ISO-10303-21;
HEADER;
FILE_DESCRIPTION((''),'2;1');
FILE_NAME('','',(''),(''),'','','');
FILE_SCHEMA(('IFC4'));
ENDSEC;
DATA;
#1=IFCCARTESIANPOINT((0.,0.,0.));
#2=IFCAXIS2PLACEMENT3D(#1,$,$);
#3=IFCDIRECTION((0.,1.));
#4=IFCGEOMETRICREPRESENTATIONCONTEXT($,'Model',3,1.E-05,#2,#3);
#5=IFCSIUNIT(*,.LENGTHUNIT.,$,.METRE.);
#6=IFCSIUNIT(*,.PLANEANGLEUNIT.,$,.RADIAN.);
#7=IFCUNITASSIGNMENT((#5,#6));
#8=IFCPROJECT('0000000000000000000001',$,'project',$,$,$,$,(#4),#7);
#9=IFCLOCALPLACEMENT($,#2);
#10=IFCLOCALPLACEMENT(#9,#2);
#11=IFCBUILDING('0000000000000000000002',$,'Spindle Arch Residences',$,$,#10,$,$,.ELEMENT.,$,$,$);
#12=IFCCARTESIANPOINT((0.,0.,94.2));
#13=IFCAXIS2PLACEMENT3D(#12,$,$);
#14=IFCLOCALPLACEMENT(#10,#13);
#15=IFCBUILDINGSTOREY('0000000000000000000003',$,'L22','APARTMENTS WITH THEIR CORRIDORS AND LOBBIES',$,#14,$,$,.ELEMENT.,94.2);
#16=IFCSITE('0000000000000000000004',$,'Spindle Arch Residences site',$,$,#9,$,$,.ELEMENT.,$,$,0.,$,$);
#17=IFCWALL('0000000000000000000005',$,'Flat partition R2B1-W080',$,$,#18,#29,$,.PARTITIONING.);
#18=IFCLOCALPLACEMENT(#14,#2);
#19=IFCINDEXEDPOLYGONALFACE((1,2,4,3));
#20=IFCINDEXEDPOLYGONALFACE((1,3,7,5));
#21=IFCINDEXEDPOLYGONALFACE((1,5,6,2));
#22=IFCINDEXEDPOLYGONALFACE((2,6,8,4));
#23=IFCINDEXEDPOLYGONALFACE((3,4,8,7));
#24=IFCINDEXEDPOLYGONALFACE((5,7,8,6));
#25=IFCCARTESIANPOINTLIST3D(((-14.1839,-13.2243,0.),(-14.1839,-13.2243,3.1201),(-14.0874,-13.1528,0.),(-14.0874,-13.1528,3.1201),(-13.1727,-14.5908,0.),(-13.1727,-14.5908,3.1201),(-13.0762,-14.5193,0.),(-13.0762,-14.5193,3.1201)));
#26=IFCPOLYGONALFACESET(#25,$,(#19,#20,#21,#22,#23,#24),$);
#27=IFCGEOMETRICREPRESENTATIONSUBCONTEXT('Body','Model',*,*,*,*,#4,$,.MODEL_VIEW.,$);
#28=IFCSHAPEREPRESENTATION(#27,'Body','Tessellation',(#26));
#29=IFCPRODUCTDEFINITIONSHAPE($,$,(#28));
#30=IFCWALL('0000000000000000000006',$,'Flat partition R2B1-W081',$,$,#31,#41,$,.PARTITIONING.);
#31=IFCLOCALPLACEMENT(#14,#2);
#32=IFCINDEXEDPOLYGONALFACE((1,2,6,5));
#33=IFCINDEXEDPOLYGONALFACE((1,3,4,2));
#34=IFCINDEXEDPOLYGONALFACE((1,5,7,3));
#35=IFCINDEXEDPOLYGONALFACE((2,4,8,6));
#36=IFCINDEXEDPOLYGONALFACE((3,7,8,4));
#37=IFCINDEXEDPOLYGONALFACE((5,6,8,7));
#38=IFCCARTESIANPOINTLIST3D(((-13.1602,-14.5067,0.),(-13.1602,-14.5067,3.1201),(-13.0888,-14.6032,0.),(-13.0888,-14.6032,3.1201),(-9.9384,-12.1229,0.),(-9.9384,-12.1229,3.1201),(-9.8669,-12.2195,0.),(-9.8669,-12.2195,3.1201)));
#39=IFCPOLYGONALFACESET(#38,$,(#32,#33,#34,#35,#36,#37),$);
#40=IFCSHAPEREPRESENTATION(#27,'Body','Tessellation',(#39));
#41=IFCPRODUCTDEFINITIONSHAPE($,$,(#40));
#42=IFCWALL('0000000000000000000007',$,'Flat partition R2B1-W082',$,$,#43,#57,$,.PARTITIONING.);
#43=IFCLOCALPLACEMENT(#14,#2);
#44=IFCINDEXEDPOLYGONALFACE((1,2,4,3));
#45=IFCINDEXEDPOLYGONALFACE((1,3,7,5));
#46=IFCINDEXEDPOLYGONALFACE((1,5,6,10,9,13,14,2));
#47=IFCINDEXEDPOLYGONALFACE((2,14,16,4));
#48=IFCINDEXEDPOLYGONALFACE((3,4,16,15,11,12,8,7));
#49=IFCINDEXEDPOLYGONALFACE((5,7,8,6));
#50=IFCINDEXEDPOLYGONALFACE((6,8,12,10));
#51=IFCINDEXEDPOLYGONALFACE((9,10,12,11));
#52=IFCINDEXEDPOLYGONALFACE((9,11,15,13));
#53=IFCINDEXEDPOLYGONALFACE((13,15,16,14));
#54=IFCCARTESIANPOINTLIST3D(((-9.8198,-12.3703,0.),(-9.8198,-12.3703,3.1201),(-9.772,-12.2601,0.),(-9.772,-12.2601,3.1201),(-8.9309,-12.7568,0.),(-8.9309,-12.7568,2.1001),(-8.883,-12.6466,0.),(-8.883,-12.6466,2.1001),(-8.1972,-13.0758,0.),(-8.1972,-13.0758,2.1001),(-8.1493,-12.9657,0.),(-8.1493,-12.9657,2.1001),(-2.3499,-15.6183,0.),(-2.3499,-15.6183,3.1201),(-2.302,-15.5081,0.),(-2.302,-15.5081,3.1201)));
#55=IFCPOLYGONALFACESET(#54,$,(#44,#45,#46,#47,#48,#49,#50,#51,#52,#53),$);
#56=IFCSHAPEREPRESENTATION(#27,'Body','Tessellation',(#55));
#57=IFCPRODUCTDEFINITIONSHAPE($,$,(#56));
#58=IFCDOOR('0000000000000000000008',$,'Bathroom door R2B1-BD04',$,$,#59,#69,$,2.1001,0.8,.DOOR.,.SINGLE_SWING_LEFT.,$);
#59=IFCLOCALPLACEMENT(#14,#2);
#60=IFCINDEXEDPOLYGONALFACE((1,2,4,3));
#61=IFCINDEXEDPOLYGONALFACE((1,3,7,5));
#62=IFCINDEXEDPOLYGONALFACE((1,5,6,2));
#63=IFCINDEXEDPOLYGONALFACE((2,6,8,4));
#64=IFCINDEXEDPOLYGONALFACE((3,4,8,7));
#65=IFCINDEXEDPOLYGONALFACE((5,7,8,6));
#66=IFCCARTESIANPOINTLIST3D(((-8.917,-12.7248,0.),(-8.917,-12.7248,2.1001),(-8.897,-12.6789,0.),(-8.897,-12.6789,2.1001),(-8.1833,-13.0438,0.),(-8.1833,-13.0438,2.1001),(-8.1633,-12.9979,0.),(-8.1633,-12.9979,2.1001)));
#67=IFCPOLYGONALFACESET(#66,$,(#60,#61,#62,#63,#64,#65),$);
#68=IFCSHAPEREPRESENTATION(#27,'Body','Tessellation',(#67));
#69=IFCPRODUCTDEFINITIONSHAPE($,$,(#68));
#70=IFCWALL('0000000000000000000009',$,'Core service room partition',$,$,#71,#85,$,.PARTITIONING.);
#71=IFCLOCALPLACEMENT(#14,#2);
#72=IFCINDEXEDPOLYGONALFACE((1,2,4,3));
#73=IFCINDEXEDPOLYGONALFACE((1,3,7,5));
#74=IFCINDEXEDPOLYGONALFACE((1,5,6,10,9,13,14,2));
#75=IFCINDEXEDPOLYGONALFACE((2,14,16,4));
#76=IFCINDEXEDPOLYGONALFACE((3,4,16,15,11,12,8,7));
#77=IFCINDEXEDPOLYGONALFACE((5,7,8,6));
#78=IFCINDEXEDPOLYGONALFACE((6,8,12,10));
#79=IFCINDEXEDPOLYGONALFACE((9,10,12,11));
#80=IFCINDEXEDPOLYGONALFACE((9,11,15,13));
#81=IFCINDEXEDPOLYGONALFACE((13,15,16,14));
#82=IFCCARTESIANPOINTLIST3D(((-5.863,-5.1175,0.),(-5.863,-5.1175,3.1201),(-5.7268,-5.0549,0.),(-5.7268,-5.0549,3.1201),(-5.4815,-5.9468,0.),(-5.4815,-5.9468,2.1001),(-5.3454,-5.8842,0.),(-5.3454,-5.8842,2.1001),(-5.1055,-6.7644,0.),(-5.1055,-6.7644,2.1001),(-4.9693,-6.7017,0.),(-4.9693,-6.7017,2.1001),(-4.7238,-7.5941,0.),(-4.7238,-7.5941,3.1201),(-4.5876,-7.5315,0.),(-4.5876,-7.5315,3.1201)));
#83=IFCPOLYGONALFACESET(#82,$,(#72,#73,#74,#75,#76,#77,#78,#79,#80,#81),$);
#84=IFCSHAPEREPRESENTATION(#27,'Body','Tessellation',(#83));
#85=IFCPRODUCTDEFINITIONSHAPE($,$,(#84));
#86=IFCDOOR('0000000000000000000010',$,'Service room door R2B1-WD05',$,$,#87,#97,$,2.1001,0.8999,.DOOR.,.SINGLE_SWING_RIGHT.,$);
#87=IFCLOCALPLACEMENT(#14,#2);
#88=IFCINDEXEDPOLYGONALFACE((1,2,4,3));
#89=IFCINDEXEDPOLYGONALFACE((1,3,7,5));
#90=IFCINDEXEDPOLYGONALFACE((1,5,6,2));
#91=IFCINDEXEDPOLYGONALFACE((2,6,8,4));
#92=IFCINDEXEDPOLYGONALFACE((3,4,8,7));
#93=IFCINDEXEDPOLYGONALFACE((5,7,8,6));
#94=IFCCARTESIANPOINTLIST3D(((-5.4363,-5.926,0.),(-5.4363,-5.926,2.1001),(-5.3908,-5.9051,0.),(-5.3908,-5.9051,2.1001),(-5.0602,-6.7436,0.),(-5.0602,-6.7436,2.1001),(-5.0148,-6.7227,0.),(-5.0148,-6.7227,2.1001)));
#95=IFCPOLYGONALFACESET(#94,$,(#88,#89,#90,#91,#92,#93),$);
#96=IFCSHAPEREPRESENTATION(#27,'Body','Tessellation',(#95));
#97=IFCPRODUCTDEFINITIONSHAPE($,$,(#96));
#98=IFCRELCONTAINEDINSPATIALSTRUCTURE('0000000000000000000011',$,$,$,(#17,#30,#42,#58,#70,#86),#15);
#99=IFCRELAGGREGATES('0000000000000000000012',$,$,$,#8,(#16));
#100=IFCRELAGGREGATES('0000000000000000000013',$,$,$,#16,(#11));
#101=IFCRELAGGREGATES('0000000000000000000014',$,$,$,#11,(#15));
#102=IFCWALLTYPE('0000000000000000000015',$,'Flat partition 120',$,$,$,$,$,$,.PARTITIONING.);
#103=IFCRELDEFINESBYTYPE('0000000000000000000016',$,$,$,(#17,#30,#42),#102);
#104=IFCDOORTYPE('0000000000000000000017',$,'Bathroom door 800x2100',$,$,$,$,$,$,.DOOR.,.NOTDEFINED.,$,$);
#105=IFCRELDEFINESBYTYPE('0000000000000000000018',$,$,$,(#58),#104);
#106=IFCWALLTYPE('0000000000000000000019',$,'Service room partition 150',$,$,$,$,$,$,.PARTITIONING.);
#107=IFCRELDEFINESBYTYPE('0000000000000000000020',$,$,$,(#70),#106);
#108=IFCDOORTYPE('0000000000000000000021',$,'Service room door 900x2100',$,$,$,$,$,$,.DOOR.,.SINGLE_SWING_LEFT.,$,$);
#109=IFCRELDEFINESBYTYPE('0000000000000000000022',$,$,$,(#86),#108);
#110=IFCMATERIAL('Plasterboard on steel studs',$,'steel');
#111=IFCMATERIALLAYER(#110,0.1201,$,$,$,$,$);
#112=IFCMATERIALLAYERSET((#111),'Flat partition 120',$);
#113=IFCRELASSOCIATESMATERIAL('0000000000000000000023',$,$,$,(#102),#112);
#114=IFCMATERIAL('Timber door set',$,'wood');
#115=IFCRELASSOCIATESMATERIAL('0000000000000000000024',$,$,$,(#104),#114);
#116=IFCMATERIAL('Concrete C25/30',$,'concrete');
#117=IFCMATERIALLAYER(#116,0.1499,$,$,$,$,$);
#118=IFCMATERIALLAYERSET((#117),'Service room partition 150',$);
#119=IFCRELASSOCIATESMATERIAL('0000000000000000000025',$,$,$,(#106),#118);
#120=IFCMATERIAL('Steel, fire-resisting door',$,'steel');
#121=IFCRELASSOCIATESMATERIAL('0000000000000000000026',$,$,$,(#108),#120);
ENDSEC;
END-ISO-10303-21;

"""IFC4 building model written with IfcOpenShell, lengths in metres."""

from ifc_helpers import new_model, si_unit, direction, frame, frame_2d, origin, place, context, subcontext, project, spatial, rectangle, extrude, material, layer, layer_set, type_object, element, fill, save


model = new_model("IFC4")

# Units and contexts
model_context = context("Model", 3, precision=1e-05, world=origin(), true_north=direction((0.0, 1.0)))
body_context = subcontext(model_context, "Body", "Model", "MODEL_VIEW")
ifc_project = project(units=[si_unit("LENGTHUNIT", "METRE"), si_unit("PLANEANGLEUNIT", "RADIAN")], contexts=[model_context])

# Site, building, storey
site_placement = place(None, origin())
site = spatial("IfcSite", under=ifc_project, at=site_placement, Name="Spindle Arch Residences site", CompositionType="ELEMENT", RefElevation=0.0)
building_placement = place(site_placement, origin())
building = spatial("IfcBuilding", under=site, at=building_placement, Name="Spindle Arch Residences", CompositionType="ELEMENT")
storey_placement = place(building_placement, frame((0.0, 0.0, 94.2)))
storey = spatial("IfcBuildingStorey", under=building, at=storey_placement, Name="L22", Description="APARTMENTS WITH THEIR CORRIDORS AND LOBBIES", CompositionType="ELEMENT", Elevation=94.2)

# Shared definitions
ifc_material_1 = material(Name="Plasterboard on steel studs", Category="steel")
ifc_layer_1 = layer(ifc_material_1, 0.1201)
ifc_layer_set_1 = layer_set([ifc_layer_1], Name="Flat partition 120")
wall_type_1 = type_object("IfcWallType", Name="Flat partition 120", PredefinedType="PARTITIONING", material=ifc_layer_set_1)

# Walls
wall_1_placement = place(storey_placement, frame((-14.1357, -13.1885, 0.0), z_axis=(0.0, 0.0, 1.0), x_axis=(0.594863, -0.803827, 0.0)))
element("IfcWall", 1, at=wall_1_placement, inside=storey, type_object=wall_type_1, Name="Flat partition R2B1-W080", PredefinedType="PARTITIONING", context=body_context, shape_type="SweptSolid", body=[
    extrude(rectangle(XDim=1.7, YDim=0.1201, at=frame_2d((0.8501, 0.0))), origin(), (0.0, 0.0, 1.0), 3.1201),
])
wall_2_placement = place(storey_placement, frame((-13.1245, -14.5549, 0.0), z_axis=(0.0, 0.0, 1.0), x_axis=(0.803894, 0.594773, 0.0)))
element("IfcWall", 2, at=wall_2_placement, inside=storey, type_object=wall_type_1, Name="Flat partition R2B1-W081", PredefinedType="PARTITIONING", context=body_context, shape_type="SweptSolid", body=[
    extrude(rectangle(XDim=4.0078, YDim=0.1201, at=frame_2d((2.0039, 0.0))), origin(), (0.0, 0.0, 1.0), 3.1201),
])

# Walls, openings, doors
wall_3_placement = place(storey_placement, frame((-9.7959, -12.3152, 0.0), z_axis=(0.0, 0.0, 1.0), x_axis=(0.91706, -0.39875, 0.0)))
wall_3 = element("IfcWall", 3, at=wall_3_placement, inside=storey, type_object=wall_type_1, Name="Flat partition R2B1-W082", PredefinedType="PARTITIONING", context=body_context, shape_type="SweptSolid", body=[
    extrude(rectangle(XDim=8.1455, YDim=0.1201, at=frame_2d((4.0728, 0.0))), origin(), (0.0, 0.0, 1.0), 3.1201),
])
opening_1_placement = place(wall_3_placement, frame((0.9695, 0.0, 0.0)))
opening_1 = element("IfcOpeningElement", 4, at=opening_1_placement, cuts=wall_3, PredefinedType="OPENING", context=body_context, shape_type="SweptSolid", body=[
    extrude(rectangle(XDim=0.8, YDim=2.1001, at=frame_2d((0.3999, 1.05))), frame((0.0, 0.0701, 0.0), z_axis=(0.0, -1.0, 0.0), x_axis=(1.0, 0.0, 0.0)), (0.0, 0.0, 1.0), 0.1401),
])
ifc_material_2 = material(Name="Timber door set", Category="wood")
door_type_1 = type_object("IfcDoorType", Name="Bathroom door 800x2100", OperationType="NOTDEFINED", PredefinedType="DOOR", material=ifc_material_2)
door_1_placement = place(opening_1_placement, origin())
door_1 = element("IfcDoor", 5, at=door_1_placement, inside=storey, type_object=door_type_1, Name="Bathroom door R2B1-BD04", OperationType="SINGLE_SWING_LEFT", OverallHeight=2.1001, OverallWidth=0.8, PredefinedType="DOOR", context=body_context, shape_type="SweptSolid", body=[
    extrude(rectangle(XDim=0.8, YDim=2.1001, at=frame_2d((0.3999, 1.05))), frame((0.0, 0.0249, 0.0), z_axis=(0.0, -1.0, 0.0), x_axis=(1.0, 0.0, 0.0)), (0.0, 0.0, 1.0), 0.05),
])
fill(opening_1, door_1)
ifc_material_3 = material(Name="Concrete C25/30", Category="concrete")
ifc_layer_2 = layer(ifc_material_3, 0.1499)
ifc_layer_set_2 = layer_set([ifc_layer_2], Name="Service room partition 150")
wall_type_2 = type_object("IfcWallType", Name="Service room partition 150", PredefinedType="PARTITIONING", material=ifc_layer_set_2)
wall_4_placement = place(storey_placement, frame((-5.7949, -5.0862, 0.0), z_axis=(0.0, 0.0, 1.0), x_axis=(0.417888, -0.908499, 0.0)))
wall_4 = element("IfcWall", 6, at=wall_4_placement, inside=storey, type_object=wall_type_2, Name="Core service room partition", PredefinedType="PARTITIONING", context=body_context, shape_type="SweptSolid", body=[
    extrude(rectangle(XDim=2.7261, YDim=0.1499, at=frame_2d((1.363, 0.0))), origin(), (0.0, 0.0, 1.0), 3.1201),
])
opening_2_placement = place(wall_4_placement, frame((0.9128, 0.0, 0.0)))
opening_2 = element("IfcOpeningElement", 7, at=opening_2_placement, cuts=wall_4, PredefinedType="OPENING", context=body_context, shape_type="SweptSolid", body=[
    extrude(rectangle(XDim=0.8999, YDim=2.1001, at=frame_2d((0.45, 1.05))), frame((0.0, 0.085, 0.0), z_axis=(0.0, -1.0, 0.0), x_axis=(1.0, 0.0, 0.0)), (0.0, 0.0, 1.0), 0.1699),
])
ifc_material_4 = material(Name="Steel, fire-resisting door", Category="steel")
door_type_2 = type_object("IfcDoorType", Name="Service room door 900x2100", OperationType="SINGLE_SWING_LEFT", PredefinedType="DOOR", material=ifc_material_4)
door_2_placement = place(opening_2_placement, origin())
door_2 = element("IfcDoor", 8, at=door_2_placement, inside=storey, type_object=door_type_2, Name="Service room door R2B1-WD05", OperationType="SINGLE_SWING_RIGHT", OverallHeight=2.1001, OverallWidth=0.8999, PredefinedType="DOOR", context=body_context, shape_type="SweptSolid", body=[
    extrude(rectangle(XDim=0.8999, YDim=2.1001, at=frame_2d((0.45, 1.05))), frame((0.0, 0.0249, 0.0), z_axis=(0.0, -1.0, 0.0), x_axis=(1.0, 0.0, 0.0)), (0.0, 0.0, 1.0), 0.05),
])
fill(opening_2, door_2)

save(model, "model.ifc")
